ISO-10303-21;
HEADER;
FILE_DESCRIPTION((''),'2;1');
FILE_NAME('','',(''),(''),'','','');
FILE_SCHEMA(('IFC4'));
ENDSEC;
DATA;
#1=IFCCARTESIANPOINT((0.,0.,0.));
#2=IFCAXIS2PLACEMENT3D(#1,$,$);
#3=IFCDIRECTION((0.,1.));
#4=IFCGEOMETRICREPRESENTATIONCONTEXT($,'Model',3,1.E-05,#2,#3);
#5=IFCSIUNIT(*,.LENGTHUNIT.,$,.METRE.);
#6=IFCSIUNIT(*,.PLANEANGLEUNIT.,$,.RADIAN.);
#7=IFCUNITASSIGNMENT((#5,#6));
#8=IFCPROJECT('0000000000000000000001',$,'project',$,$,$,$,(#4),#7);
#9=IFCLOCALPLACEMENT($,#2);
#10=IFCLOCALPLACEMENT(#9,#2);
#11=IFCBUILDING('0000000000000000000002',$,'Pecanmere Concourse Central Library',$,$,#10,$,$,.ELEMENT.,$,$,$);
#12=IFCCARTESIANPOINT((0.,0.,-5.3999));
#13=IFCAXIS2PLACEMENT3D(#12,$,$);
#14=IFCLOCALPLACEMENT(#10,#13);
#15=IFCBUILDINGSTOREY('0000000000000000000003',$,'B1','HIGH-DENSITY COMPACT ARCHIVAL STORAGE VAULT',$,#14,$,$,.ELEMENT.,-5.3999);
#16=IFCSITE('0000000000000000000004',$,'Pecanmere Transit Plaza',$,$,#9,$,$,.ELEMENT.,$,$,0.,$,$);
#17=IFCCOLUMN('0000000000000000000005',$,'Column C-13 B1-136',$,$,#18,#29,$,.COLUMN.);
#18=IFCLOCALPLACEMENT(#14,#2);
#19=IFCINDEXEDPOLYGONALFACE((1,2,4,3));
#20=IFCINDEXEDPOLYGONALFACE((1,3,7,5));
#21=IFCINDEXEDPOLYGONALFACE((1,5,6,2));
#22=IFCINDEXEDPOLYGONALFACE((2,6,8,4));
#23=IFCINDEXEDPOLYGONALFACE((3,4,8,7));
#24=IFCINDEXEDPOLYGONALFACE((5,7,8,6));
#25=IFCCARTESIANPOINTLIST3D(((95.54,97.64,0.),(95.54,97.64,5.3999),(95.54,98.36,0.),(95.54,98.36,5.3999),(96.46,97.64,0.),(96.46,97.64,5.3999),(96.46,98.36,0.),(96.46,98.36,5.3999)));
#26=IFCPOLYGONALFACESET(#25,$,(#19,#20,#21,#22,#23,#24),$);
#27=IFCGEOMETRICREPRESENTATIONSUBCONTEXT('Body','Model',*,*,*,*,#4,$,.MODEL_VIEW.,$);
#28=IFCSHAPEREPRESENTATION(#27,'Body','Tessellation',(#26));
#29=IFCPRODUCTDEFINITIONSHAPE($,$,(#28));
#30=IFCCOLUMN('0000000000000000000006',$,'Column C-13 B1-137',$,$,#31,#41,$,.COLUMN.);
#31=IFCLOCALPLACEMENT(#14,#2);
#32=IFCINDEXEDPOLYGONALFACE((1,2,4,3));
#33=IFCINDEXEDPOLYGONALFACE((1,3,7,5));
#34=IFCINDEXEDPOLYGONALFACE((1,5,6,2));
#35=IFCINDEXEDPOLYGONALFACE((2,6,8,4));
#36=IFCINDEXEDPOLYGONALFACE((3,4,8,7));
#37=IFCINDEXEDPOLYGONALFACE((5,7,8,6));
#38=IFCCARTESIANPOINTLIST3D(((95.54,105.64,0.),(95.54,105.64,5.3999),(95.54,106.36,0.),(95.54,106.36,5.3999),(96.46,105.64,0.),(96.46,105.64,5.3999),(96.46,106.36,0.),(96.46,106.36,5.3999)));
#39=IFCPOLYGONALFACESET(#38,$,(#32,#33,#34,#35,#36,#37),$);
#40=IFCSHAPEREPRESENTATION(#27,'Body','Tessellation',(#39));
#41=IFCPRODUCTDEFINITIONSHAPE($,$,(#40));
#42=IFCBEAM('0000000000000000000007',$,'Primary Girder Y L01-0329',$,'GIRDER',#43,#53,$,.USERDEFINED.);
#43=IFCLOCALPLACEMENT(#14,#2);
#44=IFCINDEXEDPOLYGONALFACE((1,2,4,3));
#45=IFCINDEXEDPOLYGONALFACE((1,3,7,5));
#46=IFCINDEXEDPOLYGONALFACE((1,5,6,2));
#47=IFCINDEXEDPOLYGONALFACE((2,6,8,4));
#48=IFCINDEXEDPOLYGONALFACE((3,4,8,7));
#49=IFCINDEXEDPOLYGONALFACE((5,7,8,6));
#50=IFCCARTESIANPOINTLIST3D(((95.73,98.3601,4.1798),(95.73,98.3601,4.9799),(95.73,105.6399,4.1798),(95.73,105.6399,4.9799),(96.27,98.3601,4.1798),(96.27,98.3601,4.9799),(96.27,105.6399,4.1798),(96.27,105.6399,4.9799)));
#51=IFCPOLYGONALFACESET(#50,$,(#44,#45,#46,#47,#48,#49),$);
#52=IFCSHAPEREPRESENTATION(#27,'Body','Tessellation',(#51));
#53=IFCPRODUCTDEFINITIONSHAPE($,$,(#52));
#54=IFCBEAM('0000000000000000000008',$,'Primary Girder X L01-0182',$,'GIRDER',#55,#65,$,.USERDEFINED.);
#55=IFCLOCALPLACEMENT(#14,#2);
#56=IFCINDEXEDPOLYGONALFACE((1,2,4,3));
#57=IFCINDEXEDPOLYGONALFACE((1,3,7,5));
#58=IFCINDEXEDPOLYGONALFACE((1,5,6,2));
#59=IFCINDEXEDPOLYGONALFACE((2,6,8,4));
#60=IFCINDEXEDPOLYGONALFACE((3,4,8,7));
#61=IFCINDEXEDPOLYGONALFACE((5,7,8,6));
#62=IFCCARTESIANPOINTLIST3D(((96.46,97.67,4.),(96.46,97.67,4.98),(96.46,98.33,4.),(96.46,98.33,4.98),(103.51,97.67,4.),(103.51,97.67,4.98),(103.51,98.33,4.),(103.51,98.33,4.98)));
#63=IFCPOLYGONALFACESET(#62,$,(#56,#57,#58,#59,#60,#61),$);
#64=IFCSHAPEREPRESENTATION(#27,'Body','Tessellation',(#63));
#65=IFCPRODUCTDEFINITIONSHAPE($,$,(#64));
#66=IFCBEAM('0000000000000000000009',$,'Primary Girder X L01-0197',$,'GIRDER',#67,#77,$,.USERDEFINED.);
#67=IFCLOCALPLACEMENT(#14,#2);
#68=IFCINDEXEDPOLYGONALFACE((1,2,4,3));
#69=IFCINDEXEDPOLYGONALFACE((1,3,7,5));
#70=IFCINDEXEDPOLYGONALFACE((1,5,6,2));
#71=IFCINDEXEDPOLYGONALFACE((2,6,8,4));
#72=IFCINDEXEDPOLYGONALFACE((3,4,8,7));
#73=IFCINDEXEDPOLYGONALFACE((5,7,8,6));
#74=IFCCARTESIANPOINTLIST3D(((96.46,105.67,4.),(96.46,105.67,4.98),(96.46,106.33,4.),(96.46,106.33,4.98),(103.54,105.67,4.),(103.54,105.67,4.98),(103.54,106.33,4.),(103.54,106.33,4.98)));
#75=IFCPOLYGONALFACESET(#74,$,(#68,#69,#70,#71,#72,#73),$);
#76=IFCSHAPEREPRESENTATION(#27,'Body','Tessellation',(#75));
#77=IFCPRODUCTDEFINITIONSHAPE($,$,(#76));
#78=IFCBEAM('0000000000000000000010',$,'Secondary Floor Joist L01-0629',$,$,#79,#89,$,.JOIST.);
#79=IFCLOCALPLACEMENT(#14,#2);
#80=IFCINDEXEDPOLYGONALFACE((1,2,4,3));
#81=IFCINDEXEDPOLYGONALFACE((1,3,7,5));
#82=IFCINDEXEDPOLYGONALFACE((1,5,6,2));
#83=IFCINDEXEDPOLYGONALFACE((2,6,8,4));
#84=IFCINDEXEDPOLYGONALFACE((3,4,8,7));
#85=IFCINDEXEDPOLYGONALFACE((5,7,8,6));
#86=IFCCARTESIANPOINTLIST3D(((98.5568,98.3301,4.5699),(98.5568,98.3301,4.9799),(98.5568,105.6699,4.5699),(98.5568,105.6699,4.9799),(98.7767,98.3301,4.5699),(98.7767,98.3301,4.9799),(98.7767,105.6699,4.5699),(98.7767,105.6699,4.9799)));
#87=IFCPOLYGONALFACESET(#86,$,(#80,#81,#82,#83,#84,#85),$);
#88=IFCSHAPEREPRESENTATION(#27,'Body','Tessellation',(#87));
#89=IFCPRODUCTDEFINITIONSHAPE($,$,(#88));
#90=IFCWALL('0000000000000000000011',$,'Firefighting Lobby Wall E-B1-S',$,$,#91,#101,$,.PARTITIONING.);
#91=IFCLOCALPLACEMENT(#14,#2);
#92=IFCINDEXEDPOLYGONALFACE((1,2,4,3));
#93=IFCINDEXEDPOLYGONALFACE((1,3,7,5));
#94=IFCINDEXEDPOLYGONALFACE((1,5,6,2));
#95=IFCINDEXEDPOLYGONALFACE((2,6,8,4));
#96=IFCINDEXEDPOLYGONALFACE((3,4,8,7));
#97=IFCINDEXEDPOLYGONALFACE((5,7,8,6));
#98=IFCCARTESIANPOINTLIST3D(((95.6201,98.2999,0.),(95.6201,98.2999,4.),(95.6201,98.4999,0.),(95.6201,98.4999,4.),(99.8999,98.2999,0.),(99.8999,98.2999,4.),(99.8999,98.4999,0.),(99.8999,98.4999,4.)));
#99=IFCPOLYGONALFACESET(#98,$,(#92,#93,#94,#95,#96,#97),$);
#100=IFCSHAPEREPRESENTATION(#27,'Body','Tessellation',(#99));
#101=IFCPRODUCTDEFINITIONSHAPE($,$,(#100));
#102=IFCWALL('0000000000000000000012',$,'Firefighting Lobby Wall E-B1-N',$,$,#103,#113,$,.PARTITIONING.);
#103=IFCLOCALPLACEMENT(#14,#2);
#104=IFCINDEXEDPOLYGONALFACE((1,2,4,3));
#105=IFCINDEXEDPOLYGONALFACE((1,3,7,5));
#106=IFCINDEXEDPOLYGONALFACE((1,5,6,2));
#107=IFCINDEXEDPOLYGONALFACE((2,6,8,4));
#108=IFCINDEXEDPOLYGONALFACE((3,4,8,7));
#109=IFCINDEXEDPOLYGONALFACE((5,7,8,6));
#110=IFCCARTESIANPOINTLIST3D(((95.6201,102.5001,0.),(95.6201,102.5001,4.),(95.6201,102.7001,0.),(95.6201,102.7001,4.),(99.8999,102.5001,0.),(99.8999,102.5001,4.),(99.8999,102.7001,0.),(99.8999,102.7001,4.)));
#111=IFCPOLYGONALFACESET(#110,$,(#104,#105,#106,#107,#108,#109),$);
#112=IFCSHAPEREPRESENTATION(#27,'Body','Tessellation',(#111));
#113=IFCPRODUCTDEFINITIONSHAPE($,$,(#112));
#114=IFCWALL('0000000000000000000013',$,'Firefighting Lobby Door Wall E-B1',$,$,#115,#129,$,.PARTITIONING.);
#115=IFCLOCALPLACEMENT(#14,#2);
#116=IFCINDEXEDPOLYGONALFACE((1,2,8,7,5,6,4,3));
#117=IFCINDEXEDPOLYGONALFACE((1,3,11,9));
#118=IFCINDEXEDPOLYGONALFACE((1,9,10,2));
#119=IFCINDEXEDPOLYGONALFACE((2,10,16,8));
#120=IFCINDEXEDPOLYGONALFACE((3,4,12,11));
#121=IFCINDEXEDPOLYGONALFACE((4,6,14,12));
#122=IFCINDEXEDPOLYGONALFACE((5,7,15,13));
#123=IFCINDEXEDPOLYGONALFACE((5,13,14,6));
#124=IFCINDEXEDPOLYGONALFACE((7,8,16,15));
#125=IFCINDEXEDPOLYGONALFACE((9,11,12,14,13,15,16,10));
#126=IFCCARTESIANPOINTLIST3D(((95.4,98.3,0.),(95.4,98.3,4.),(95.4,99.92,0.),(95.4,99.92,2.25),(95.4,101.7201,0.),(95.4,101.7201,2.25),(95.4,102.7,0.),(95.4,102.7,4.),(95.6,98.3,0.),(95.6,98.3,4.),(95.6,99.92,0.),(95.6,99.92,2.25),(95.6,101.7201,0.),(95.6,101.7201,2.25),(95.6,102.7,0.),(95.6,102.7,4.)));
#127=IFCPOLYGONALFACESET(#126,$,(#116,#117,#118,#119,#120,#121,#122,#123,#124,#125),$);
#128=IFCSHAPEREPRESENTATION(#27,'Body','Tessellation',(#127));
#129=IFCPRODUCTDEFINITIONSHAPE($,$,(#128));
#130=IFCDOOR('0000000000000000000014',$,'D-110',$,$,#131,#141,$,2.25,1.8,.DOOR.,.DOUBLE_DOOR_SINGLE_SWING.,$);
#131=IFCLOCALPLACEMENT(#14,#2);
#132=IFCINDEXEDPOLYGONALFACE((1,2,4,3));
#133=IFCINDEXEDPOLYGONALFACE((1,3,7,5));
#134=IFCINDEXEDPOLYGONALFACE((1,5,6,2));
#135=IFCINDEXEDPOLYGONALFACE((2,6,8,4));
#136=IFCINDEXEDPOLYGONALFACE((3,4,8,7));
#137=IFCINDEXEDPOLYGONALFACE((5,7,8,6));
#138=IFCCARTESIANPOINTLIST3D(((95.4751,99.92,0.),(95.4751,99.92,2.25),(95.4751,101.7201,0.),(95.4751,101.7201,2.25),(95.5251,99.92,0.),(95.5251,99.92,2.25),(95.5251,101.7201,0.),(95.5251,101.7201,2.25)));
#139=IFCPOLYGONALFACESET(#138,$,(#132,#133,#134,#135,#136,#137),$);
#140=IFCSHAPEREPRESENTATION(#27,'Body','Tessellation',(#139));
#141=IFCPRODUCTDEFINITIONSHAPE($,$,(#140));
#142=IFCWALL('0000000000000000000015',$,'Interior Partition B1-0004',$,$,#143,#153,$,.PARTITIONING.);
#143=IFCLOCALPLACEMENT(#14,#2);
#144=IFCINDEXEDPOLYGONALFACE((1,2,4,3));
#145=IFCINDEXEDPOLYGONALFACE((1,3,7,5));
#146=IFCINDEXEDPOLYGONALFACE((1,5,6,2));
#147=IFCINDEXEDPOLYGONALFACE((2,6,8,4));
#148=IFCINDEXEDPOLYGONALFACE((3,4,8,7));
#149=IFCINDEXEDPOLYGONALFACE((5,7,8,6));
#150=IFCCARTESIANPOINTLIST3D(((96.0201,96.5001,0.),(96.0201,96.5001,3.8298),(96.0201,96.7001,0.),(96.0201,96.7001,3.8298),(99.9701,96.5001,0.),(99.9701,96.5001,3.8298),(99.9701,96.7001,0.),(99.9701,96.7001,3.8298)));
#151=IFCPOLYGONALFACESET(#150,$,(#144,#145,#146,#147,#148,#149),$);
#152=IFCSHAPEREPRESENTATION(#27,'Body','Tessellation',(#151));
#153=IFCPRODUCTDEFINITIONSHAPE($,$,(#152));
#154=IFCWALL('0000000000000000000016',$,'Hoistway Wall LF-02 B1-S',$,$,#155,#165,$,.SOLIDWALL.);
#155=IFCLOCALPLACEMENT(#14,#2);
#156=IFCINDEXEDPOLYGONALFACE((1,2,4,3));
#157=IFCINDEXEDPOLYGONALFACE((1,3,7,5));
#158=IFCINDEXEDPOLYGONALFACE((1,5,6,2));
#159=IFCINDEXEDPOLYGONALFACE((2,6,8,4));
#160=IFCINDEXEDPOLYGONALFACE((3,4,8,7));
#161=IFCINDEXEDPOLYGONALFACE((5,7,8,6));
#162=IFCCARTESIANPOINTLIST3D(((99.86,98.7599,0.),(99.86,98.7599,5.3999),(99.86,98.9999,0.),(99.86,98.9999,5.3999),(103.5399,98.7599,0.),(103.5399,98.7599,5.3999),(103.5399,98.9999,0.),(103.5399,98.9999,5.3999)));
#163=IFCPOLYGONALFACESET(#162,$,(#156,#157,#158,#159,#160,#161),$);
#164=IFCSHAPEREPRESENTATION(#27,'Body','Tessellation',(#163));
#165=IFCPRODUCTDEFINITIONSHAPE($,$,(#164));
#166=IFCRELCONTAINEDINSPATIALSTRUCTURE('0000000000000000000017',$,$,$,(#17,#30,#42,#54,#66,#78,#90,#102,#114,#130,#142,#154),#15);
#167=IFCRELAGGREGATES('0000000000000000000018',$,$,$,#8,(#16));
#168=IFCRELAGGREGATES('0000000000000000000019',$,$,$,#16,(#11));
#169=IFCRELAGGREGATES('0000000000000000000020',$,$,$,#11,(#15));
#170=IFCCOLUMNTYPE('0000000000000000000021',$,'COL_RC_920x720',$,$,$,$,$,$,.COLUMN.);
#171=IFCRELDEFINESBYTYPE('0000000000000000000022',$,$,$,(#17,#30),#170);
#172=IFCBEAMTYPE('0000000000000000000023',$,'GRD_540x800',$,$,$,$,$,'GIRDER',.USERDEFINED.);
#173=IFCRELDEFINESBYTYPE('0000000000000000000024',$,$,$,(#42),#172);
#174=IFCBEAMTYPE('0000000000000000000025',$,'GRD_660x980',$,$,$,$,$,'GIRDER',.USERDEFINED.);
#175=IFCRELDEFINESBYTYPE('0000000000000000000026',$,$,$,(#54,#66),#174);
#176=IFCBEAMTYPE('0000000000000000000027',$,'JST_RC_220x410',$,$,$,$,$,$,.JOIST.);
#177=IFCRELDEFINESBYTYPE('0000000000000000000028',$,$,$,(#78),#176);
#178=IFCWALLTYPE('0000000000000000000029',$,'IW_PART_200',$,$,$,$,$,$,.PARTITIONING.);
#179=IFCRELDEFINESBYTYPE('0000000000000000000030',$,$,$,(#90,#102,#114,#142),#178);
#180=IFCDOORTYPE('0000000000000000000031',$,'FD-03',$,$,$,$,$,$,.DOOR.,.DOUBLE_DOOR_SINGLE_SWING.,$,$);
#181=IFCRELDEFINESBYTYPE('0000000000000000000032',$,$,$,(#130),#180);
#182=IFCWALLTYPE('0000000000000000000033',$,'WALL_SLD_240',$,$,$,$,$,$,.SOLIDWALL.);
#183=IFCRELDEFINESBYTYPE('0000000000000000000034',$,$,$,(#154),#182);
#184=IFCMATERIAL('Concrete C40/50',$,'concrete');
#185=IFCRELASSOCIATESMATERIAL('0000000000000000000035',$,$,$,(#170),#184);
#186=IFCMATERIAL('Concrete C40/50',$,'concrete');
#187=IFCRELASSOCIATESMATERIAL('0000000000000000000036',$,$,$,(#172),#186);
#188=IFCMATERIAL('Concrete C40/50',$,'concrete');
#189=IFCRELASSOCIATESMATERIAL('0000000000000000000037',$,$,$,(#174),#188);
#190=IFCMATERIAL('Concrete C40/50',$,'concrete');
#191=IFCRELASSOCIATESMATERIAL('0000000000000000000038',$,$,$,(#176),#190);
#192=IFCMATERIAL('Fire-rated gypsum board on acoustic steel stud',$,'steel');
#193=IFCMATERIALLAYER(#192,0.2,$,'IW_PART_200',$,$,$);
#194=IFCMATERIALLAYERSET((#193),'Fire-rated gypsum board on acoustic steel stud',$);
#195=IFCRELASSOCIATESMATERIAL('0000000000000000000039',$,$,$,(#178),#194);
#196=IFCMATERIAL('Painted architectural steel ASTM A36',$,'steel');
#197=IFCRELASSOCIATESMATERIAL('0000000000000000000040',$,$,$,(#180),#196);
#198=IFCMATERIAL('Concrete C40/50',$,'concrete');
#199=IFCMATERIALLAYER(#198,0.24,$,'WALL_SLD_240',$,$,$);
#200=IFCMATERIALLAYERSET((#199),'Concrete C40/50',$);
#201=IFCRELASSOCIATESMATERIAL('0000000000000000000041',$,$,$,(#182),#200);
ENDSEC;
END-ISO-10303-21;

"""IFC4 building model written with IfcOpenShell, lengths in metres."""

from ifc_helpers import new_model, si_unit, direction, frame, frame_2d, origin, origin_2d, place, context, subcontext, project, spatial, rectangle, extrude, material, layer, layer_set, material_profile, profile_set, type_object, element, fill, save


model = new_model("IFC4")

# Units and contexts
model_context = context("Model", 3, precision=1e-05, world=origin(), true_north=direction((0.0, 1.0)))
body_context = subcontext(model_context, "Body", "Model", "MODEL_VIEW")
ifc_project = project(units=[si_unit("LENGTHUNIT", "METRE"), si_unit("PLANEANGLEUNIT", "RADIAN")], contexts=[model_context])

# Site, building, storey
site_placement = place(None, origin())
site = spatial("IfcSite", under=ifc_project, at=site_placement, Name="Pecanmere Transit Plaza", CompositionType="ELEMENT", RefElevation=0.0)
building_placement = place(site_placement, origin())
building = spatial("IfcBuilding", under=site, at=building_placement, Name="Pecanmere Concourse Central Library", CompositionType="ELEMENT")
storey_placement = place(building_placement, frame((0.0, 0.0, -5.3999)))
storey = spatial("IfcBuildingStorey", under=building, at=storey_placement, Name="B1", Description="HIGH-DENSITY COMPACT ARCHIVAL STORAGE VAULT", CompositionType="ELEMENT", Elevation=-5.3999)

# Columns
ifc_material_1 = material(Name="Concrete C40/50", Category="concrete")
ifc_material_profile_1 = material_profile(ifc_material_1, rectangle(XDim=0.9199, YDim=0.72, at=origin_2d()), Name="RC 920x720")
ifc_profile_set_1 = profile_set([ifc_material_profile_1], Name="Concrete C40/50")
column_type = type_object("IfcColumnType", Name="COL_RC_920x720", PredefinedType="COLUMN", material=ifc_profile_set_1)
for number, where, z_axis, x_axis, name in (
    (1, (96.0, 98.0, 0.0), (0.0, 0.0, 1.0), (1.0, 0.0, 0.0), "Column C-13 B1-136"),
    (2, (96.0, 106.0, 0.0), (0.0, 0.0, 1.0), (1.0, 0.0, 0.0), "Column C-13 B1-137"),
):
    element("IfcColumn", number, at=place(storey_placement, frame(where, z_axis=z_axis, x_axis=x_axis)), inside=storey, type_object=column_type, Name=name, PredefinedType="COLUMN", context=body_context, shape_type="SweptSolid", body=[
        extrude(rectangle(XDim=0.9199, YDim=0.72, at=origin_2d()), origin(), (0.0, 0.0, 1.0), 5.3999),
    ])

# Beams
ifc_material_2 = material(Name="Concrete C40/50", Category="concrete")
ifc_material_profile_2 = material_profile(ifc_material_2, rectangle(XDim=0.54, YDim=0.8, at=origin_2d()), Name="RC 540x800")
ifc_profile_set_2 = profile_set([ifc_material_profile_2], Name="Concrete C40/50")
beam_type_1 = type_object("IfcBeamType", Name="GRD_540x800", ElementType="GIRDER", PredefinedType="USERDEFINED", material=ifc_profile_set_2)
beam_1_placement = place(storey_placement, frame((96.0, 98.3601, 4.5798), z_axis=(0.0, 1.0, 0.0), x_axis=(-1.0, 0.0, 0.0)))
element("IfcBeam", 3, at=beam_1_placement, inside=storey, type_object=beam_type_1, Name="Primary Girder Y L01-0329", ObjectType="GIRDER", PredefinedType="USERDEFINED", context=body_context, shape_type="SweptSolid", body=[
    extrude(rectangle(XDim=0.54, YDim=0.8, at=origin_2d()), origin(), (0.0, 0.0, 1.0), 7.2798),
])
ifc_material_3 = material(Name="Concrete C40/50", Category="concrete")
ifc_material_profile_3 = material_profile(ifc_material_3, rectangle(XDim=0.6599, YDim=0.98, at=origin_2d()), Name="RC 660x980")
ifc_profile_set_3 = profile_set([ifc_material_profile_3], Name="Concrete C40/50")
beam_type_2 = type_object("IfcBeamType", Name="GRD_660x980", ElementType="GIRDER", PredefinedType="USERDEFINED", material=ifc_profile_set_3)
beam_2_placement = place(storey_placement, frame((96.46, 98.0, 4.49), z_axis=(1.0, 0.0, 0.0), x_axis=(0.0, 1.0, 0.0)))
element("IfcBeam", 4, at=beam_2_placement, inside=storey, type_object=beam_type_2, Name="Primary Girder X L01-0182", ObjectType="GIRDER", PredefinedType="USERDEFINED", context=body_context, shape_type="SweptSolid", body=[
    extrude(rectangle(XDim=0.6599, YDim=0.98, at=origin_2d()), origin(), (0.0, 0.0, 1.0), 7.05),
])
beam_3_placement = place(storey_placement, frame((96.46, 106.0, 4.49), z_axis=(1.0, 0.0, 0.0), x_axis=(0.0, 1.0, 0.0)))
element("IfcBeam", 5, at=beam_3_placement, inside=storey, type_object=beam_type_2, Name="Primary Girder X L01-0197", ObjectType="GIRDER", PredefinedType="USERDEFINED", context=body_context, shape_type="SweptSolid", body=[
    extrude(rectangle(XDim=0.6599, YDim=0.98, at=origin_2d()), origin(), (0.0, 0.0, 1.0), 7.0801),
])
ifc_material_4 = material(Name="Concrete C40/50", Category="concrete")
ifc_material_profile_4 = material_profile(ifc_material_4, rectangle(XDim=0.22, YDim=0.4099, at=origin_2d()), Name="RC 220x410")
ifc_profile_set_4 = profile_set([ifc_material_profile_4], Name="Concrete C40/50")
beam_type_3 = type_object("IfcBeamType", Name="JST_RC_220x410", PredefinedType="JOIST", material=ifc_profile_set_4)
beam_4_placement = place(storey_placement, frame((98.6667, 98.3301, 4.7749), z_axis=(0.0, 1.0, 0.0), x_axis=(-1.0, 0.0, 0.0)))
element("IfcBeam", 6, at=beam_4_placement, inside=storey, type_object=beam_type_3, Name="Secondary Floor Joist L01-0629", PredefinedType="JOIST", context=body_context, shape_type="SweptSolid", body=[
    extrude(rectangle(XDim=0.22, YDim=0.4099, at=origin_2d()), origin(), (0.0, 0.0, 1.0), 7.3398),
])

# Walls
ifc_material_5 = material(Name="Fire-rated gypsum board on acoustic steel stud", Category="steel")
ifc_layer_1 = layer(ifc_material_5, 0.2, Name="IW_PART_200")
ifc_layer_set_1 = layer_set([ifc_layer_1], Name="Fire-rated gypsum board on acoustic steel stud")
wall_type_1 = type_object("IfcWallType", Name="IW_PART_200", PredefinedType="PARTITIONING", material=ifc_layer_set_1)
for number, where, z_axis, x_axis, name in (
    (7, (95.6201, 98.3999, 0.0), (0.0, 0.0, 1.0), (1.0, 0.0, 0.0), "Firefighting Lobby Wall E-B1-S"),
    (8, (95.6201, 102.6001, 0.0), (0.0, 0.0, 1.0), (1.0, 0.0, 0.0), "Firefighting Lobby Wall E-B1-N"),
):
    element("IfcWall", number, at=place(storey_placement, frame(where, z_axis=z_axis, x_axis=x_axis)), inside=storey, type_object=wall_type_1, Name=name, PredefinedType="PARTITIONING", context=body_context, shape_type="SweptSolid", body=[
        extrude(rectangle(XDim=4.2798, YDim=0.2, at=frame_2d((2.1399, 0.0))), origin(), (0.0, 0.0, 1.0), 4.0),
    ])

# Wall, opening, door
wall_1_placement = place(storey_placement, frame((95.5, 98.3, 0.0), z_axis=(0.0, 0.0, 1.0), x_axis=(0.0, 1.0, 0.0)))
wall_1 = element("IfcWall", 9, at=wall_1_placement, inside=storey, type_object=wall_type_1, Name="Firefighting Lobby Door Wall E-B1", PredefinedType="PARTITIONING", context=body_context, shape_type="SweptSolid", body=[
    extrude(rectangle(XDim=4.3999, YDim=0.2, at=frame_2d((2.2, 0.0))), origin(), (0.0, 0.0, 1.0), 4.0),
])
opening_placement = place(wall_1_placement, frame((1.6201, 0.0, 0.0)))
opening = element("IfcOpeningElement", 10, at=opening_placement, cuts=wall_1, PredefinedType="OPENING", context=body_context, shape_type="SweptSolid", body=[
    extrude(rectangle(XDim=1.8, YDim=2.25, at=frame_2d((0.8999, 1.125))), frame((0.0, 0.1118, 0.0), z_axis=(0.0, -1.0, 0.0), x_axis=(1.0, 0.0, 0.0)), (0.0, 0.0, 1.0), 0.2239),
])
ifc_material_6 = material(Name="Painted architectural steel ASTM A36", Category="steel")
door_type = type_object("IfcDoorType", Name="FD-03", OperationType="DOUBLE_DOOR_SINGLE_SWING", PredefinedType="DOOR", material=ifc_material_6)
door_placement = place(opening_placement, origin())
door = element("IfcDoor", 11, at=door_placement, inside=storey, type_object=door_type, Name="D-110", OperationType="DOUBLE_DOOR_SINGLE_SWING", OverallHeight=2.25, OverallWidth=1.8, PredefinedType="DOOR", context=body_context, shape_type="SweptSolid", body=[
    extrude(rectangle(XDim=1.8, YDim=2.25, at=frame_2d((0.8999, 1.125))), frame((0.0, 0.0249, 0.0), z_axis=(0.0, -1.0, 0.0), x_axis=(1.0, 0.0, 0.0)), (0.0, 0.0, 1.0), 0.05),
])
fill(opening, door)

# Walls
wall_2_placement = place(storey_placement, frame((96.02, 96.6001, 0.0), z_axis=(0.0, 0.0, 1.0), x_axis=(1.0, 0.0, 0.0)))
element("IfcWall", 12, at=wall_2_placement, inside=storey, type_object=wall_type_1, Name="Interior Partition B1-0004", PredefinedType="PARTITIONING", context=body_context, shape_type="SweptSolid", body=[
    extrude(rectangle(XDim=3.95, YDim=0.2, at=frame_2d((1.9751, 0.0))), origin(), (0.0, 0.0, 1.0), 3.8298),
])
ifc_material_7 = material(Name="Concrete C40/50", Category="concrete")
ifc_layer_2 = layer(ifc_material_7, 0.24, Name="WALL_SLD_240")
ifc_layer_set_2 = layer_set([ifc_layer_2], Name="Concrete C40/50")
wall_type_2 = type_object("IfcWallType", Name="WALL_SLD_240", PredefinedType="SOLIDWALL", material=ifc_layer_set_2)
wall_3_placement = place(storey_placement, frame((99.8601, 98.8799, 0.0), z_axis=(0.0, 0.0, 1.0), x_axis=(1.0, 0.0, 0.0)))
element("IfcWall", 13, at=wall_3_placement, inside=storey, type_object=wall_type_2, Name="Hoistway Wall LF-02 B1-S", PredefinedType="SOLIDWALL", context=body_context, shape_type="SweptSolid", body=[
    extrude(rectangle(XDim=3.6799, YDim=0.24, at=frame_2d((1.8398, 0.0))), origin(), (0.0, 0.0, 1.0), 5.3999),
])

save(model, "model.ifc")
